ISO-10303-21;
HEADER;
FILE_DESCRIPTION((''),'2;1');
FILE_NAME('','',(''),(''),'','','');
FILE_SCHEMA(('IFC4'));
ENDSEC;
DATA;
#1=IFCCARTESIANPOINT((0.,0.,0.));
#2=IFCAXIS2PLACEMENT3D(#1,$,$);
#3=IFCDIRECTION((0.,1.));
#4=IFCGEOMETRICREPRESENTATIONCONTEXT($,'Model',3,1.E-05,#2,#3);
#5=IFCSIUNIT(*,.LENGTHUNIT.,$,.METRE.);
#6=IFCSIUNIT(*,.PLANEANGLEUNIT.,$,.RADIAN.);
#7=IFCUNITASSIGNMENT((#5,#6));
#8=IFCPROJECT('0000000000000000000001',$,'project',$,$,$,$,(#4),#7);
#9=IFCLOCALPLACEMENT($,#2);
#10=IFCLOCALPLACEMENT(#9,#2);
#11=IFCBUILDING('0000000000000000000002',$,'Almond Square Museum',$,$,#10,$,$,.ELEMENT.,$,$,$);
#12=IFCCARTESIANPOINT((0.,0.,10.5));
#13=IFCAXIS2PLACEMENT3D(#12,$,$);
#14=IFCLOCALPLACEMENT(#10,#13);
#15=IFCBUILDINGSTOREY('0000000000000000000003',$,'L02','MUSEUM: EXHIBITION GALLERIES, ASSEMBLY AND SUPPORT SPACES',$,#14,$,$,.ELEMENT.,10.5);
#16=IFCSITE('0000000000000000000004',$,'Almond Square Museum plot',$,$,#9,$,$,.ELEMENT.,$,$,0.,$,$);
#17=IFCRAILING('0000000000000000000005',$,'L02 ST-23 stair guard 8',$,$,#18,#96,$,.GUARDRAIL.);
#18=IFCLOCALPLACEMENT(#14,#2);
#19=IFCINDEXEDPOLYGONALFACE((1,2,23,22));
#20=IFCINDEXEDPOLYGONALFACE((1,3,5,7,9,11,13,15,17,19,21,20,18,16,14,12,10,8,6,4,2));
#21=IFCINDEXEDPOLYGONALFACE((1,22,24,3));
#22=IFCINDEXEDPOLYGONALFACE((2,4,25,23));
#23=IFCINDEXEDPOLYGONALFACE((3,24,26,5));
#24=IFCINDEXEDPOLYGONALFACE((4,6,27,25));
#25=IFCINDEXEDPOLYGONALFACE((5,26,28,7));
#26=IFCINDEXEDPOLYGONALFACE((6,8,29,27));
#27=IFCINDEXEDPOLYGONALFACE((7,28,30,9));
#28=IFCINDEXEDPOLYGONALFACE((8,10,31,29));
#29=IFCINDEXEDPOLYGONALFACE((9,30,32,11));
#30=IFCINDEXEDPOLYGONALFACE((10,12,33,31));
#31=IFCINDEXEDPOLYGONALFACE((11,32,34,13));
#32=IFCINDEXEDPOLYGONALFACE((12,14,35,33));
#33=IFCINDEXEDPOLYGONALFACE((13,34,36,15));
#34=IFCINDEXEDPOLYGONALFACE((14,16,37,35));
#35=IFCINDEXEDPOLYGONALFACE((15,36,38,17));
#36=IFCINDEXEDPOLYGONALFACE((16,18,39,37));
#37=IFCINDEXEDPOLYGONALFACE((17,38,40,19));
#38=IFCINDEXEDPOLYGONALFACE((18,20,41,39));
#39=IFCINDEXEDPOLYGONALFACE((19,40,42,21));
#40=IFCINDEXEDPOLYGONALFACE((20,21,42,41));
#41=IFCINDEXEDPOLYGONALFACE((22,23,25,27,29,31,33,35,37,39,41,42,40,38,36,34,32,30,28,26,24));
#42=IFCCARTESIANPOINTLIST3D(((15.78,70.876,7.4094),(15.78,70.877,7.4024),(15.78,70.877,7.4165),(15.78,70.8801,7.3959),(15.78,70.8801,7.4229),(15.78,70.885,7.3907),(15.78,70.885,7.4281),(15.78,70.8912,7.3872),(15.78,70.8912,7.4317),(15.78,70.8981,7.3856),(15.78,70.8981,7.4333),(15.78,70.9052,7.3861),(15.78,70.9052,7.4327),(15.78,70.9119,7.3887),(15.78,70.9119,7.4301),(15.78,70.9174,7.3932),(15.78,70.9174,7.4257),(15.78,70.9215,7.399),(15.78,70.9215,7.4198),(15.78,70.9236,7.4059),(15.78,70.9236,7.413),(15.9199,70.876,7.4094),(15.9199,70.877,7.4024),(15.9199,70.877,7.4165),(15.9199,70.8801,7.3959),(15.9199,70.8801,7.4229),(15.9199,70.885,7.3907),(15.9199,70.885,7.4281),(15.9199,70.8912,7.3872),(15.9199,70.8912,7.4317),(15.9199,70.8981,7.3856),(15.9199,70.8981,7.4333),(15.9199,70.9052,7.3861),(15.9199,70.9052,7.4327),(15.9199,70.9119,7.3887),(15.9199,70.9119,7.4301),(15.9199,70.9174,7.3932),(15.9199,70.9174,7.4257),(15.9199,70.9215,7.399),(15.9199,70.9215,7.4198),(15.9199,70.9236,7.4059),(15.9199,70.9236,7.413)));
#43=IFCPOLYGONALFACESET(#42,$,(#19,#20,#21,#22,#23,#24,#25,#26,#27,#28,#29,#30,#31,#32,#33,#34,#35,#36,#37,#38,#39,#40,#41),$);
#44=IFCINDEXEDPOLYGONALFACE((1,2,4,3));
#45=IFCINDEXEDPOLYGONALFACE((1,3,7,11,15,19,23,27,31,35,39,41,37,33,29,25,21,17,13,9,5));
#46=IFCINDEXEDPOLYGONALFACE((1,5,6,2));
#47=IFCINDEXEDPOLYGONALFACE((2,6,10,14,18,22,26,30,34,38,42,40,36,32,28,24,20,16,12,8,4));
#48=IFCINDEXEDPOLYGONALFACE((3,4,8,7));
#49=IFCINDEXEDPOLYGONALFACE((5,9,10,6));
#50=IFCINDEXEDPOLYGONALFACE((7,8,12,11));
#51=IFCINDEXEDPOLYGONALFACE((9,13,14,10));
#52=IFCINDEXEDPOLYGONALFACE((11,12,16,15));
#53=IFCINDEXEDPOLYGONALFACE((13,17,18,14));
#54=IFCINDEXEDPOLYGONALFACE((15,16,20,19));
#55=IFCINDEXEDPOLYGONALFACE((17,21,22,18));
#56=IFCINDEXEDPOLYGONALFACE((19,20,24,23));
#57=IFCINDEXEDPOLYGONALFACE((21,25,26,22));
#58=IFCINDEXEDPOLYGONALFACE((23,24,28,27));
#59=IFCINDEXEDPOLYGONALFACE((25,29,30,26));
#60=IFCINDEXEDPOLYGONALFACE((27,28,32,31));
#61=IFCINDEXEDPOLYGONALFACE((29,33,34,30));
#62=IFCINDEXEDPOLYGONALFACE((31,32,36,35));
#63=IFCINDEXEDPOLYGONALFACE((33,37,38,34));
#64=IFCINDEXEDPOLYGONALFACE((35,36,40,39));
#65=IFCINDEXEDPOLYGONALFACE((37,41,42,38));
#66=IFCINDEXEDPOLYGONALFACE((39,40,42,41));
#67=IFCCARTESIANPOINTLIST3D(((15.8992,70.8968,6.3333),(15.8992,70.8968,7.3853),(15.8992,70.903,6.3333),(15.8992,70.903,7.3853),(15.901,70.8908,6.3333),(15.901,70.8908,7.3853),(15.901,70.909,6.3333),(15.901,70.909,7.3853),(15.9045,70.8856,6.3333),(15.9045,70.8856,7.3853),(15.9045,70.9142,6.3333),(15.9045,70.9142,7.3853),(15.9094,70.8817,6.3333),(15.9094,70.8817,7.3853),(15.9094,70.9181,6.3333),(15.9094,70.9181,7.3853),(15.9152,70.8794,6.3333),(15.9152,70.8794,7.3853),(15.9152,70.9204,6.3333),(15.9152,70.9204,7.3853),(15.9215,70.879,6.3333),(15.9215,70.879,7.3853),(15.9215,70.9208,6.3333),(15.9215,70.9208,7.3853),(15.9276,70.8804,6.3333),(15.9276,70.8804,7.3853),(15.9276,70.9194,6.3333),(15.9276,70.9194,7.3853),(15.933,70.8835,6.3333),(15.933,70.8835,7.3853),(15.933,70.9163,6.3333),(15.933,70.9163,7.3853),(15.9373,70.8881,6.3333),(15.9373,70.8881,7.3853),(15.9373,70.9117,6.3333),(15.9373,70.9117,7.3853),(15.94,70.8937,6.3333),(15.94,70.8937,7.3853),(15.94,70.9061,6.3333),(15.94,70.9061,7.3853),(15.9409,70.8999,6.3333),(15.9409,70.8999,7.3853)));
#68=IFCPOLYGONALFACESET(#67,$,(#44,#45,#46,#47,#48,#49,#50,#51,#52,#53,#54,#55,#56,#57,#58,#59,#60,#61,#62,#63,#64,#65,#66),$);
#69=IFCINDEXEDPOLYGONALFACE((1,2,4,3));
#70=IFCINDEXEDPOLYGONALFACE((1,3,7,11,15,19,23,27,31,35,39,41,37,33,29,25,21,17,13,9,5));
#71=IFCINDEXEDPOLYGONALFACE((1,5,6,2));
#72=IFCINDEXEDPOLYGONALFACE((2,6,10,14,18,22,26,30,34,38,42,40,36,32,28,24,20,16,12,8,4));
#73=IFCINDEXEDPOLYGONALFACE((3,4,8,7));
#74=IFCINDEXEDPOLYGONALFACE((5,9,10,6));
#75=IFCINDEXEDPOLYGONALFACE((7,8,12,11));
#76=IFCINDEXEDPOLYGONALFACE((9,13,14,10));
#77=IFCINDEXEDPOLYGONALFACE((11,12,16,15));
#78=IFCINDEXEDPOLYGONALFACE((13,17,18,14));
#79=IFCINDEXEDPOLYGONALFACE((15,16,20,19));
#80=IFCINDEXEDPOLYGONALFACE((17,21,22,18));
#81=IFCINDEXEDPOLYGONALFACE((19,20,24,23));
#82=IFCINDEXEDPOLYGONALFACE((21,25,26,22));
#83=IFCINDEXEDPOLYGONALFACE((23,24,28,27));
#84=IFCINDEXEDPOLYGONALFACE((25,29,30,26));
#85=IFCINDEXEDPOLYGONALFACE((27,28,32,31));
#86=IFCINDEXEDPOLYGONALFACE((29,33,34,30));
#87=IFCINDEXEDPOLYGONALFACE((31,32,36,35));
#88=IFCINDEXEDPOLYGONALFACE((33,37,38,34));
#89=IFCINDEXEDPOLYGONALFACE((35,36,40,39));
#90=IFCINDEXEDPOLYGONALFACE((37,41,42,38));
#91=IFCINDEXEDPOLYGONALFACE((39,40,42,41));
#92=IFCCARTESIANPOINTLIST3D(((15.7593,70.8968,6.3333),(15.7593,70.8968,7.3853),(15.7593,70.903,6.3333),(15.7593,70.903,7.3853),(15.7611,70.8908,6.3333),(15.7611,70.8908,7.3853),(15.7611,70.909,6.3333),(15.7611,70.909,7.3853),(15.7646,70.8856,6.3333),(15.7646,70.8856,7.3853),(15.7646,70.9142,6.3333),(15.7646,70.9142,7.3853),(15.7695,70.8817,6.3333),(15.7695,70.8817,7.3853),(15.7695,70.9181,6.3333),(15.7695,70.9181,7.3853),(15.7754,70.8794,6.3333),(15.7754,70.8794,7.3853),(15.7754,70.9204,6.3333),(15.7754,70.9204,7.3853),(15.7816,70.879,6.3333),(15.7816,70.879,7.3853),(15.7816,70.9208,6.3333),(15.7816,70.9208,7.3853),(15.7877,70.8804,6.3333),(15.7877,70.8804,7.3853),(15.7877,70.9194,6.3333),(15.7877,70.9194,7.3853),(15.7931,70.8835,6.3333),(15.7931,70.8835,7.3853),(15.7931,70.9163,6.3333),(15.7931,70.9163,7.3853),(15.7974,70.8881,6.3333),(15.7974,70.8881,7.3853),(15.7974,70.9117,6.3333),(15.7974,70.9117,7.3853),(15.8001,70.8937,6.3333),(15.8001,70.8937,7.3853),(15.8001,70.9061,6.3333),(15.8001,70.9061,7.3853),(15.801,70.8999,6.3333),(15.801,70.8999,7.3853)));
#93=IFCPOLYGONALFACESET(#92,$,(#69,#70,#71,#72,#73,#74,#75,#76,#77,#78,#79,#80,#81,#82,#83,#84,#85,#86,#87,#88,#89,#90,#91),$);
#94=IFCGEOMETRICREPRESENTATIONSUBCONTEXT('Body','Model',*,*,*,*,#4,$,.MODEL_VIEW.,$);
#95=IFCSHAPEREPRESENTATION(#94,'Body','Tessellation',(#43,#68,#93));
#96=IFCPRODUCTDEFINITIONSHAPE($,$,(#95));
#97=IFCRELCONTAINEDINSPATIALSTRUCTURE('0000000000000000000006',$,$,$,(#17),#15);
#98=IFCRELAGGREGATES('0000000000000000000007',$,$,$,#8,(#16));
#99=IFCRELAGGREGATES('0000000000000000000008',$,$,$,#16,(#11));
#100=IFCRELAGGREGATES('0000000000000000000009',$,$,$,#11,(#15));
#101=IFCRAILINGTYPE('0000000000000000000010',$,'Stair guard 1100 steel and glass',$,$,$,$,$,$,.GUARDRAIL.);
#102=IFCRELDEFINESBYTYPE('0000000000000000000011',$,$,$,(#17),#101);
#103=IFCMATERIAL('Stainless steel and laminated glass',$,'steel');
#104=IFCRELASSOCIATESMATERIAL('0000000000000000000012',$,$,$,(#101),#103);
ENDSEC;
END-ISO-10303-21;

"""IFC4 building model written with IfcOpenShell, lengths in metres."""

from ifc_helpers import new_model, si_unit, direction, frame, origin, origin_2d, place, context, subcontext, project, spatial, circle, extrude, material, type_object, element, save


model = new_model("IFC4")

# Units and contexts
model_context = context("Model", 3, precision=1e-05, world=origin(), true_north=direction((0.0, 1.0)))
body_context = subcontext(model_context, "Body", "Model", "MODEL_VIEW")
ifc_project = project(units=[si_unit("LENGTHUNIT", "METRE"), si_unit("PLANEANGLEUNIT", "RADIAN")], contexts=[model_context])

# Site, building, storey
site_placement = place(None, origin())
site = spatial("IfcSite", under=ifc_project, at=site_placement, Name="Almond Square Museum plot", CompositionType="ELEMENT", RefElevation=0.0)
building_placement = place(site_placement, origin())
building = spatial("IfcBuilding", under=site, at=building_placement, Name="Almond Square Museum", CompositionType="ELEMENT")
storey_placement = place(building_placement, frame((0.0, 0.0, 10.5)))
storey = spatial("IfcBuildingStorey", under=building, at=storey_placement, Name="L02", Description="MUSEUM: EXHIBITION GALLERIES, ASSEMBLY AND SUPPORT SPACES", CompositionType="ELEMENT", Elevation=10.5)

# Railing
ifc_material_1 = material(Name="Stainless steel and laminated glass", Category="steel")
railing_type = type_object("IfcRailingType", Name="Stair guard 1100 steel and glass", PredefinedType="GUARDRAIL", material=ifc_material_1)
for number, where, name in (
    (1, (15.9199, 70.8999, 6.3333), "L02 ST-23 stair guard 8"),
):
    element("IfcRailing", number, at=place(storey_placement, frame(where)), inside=storey, type_object=railing_type, Name=name, PredefinedType="GUARDRAIL", context=body_context, shape_type="SweptSolid", body=[
        extrude(circle(Radius=0.0239, at=origin_2d()), frame((0.0, 0.0, 1.0762), z_axis=(-1.0, 0.0, 0.0), x_axis=(0.0, -1.0, 0.0)), (0.0, 0.0, 1.0), 0.1399),
        extrude(circle(Radius=0.021, at=origin_2d()), origin(), (0.0, 0.0, 1.0), 1.052),
        extrude(circle(Radius=0.021, at=origin_2d()), frame((-0.1399, 0.0, 0.0)), (0.0, 0.0, 1.0), 1.052),
    ])

save(model, "model.ifc")
